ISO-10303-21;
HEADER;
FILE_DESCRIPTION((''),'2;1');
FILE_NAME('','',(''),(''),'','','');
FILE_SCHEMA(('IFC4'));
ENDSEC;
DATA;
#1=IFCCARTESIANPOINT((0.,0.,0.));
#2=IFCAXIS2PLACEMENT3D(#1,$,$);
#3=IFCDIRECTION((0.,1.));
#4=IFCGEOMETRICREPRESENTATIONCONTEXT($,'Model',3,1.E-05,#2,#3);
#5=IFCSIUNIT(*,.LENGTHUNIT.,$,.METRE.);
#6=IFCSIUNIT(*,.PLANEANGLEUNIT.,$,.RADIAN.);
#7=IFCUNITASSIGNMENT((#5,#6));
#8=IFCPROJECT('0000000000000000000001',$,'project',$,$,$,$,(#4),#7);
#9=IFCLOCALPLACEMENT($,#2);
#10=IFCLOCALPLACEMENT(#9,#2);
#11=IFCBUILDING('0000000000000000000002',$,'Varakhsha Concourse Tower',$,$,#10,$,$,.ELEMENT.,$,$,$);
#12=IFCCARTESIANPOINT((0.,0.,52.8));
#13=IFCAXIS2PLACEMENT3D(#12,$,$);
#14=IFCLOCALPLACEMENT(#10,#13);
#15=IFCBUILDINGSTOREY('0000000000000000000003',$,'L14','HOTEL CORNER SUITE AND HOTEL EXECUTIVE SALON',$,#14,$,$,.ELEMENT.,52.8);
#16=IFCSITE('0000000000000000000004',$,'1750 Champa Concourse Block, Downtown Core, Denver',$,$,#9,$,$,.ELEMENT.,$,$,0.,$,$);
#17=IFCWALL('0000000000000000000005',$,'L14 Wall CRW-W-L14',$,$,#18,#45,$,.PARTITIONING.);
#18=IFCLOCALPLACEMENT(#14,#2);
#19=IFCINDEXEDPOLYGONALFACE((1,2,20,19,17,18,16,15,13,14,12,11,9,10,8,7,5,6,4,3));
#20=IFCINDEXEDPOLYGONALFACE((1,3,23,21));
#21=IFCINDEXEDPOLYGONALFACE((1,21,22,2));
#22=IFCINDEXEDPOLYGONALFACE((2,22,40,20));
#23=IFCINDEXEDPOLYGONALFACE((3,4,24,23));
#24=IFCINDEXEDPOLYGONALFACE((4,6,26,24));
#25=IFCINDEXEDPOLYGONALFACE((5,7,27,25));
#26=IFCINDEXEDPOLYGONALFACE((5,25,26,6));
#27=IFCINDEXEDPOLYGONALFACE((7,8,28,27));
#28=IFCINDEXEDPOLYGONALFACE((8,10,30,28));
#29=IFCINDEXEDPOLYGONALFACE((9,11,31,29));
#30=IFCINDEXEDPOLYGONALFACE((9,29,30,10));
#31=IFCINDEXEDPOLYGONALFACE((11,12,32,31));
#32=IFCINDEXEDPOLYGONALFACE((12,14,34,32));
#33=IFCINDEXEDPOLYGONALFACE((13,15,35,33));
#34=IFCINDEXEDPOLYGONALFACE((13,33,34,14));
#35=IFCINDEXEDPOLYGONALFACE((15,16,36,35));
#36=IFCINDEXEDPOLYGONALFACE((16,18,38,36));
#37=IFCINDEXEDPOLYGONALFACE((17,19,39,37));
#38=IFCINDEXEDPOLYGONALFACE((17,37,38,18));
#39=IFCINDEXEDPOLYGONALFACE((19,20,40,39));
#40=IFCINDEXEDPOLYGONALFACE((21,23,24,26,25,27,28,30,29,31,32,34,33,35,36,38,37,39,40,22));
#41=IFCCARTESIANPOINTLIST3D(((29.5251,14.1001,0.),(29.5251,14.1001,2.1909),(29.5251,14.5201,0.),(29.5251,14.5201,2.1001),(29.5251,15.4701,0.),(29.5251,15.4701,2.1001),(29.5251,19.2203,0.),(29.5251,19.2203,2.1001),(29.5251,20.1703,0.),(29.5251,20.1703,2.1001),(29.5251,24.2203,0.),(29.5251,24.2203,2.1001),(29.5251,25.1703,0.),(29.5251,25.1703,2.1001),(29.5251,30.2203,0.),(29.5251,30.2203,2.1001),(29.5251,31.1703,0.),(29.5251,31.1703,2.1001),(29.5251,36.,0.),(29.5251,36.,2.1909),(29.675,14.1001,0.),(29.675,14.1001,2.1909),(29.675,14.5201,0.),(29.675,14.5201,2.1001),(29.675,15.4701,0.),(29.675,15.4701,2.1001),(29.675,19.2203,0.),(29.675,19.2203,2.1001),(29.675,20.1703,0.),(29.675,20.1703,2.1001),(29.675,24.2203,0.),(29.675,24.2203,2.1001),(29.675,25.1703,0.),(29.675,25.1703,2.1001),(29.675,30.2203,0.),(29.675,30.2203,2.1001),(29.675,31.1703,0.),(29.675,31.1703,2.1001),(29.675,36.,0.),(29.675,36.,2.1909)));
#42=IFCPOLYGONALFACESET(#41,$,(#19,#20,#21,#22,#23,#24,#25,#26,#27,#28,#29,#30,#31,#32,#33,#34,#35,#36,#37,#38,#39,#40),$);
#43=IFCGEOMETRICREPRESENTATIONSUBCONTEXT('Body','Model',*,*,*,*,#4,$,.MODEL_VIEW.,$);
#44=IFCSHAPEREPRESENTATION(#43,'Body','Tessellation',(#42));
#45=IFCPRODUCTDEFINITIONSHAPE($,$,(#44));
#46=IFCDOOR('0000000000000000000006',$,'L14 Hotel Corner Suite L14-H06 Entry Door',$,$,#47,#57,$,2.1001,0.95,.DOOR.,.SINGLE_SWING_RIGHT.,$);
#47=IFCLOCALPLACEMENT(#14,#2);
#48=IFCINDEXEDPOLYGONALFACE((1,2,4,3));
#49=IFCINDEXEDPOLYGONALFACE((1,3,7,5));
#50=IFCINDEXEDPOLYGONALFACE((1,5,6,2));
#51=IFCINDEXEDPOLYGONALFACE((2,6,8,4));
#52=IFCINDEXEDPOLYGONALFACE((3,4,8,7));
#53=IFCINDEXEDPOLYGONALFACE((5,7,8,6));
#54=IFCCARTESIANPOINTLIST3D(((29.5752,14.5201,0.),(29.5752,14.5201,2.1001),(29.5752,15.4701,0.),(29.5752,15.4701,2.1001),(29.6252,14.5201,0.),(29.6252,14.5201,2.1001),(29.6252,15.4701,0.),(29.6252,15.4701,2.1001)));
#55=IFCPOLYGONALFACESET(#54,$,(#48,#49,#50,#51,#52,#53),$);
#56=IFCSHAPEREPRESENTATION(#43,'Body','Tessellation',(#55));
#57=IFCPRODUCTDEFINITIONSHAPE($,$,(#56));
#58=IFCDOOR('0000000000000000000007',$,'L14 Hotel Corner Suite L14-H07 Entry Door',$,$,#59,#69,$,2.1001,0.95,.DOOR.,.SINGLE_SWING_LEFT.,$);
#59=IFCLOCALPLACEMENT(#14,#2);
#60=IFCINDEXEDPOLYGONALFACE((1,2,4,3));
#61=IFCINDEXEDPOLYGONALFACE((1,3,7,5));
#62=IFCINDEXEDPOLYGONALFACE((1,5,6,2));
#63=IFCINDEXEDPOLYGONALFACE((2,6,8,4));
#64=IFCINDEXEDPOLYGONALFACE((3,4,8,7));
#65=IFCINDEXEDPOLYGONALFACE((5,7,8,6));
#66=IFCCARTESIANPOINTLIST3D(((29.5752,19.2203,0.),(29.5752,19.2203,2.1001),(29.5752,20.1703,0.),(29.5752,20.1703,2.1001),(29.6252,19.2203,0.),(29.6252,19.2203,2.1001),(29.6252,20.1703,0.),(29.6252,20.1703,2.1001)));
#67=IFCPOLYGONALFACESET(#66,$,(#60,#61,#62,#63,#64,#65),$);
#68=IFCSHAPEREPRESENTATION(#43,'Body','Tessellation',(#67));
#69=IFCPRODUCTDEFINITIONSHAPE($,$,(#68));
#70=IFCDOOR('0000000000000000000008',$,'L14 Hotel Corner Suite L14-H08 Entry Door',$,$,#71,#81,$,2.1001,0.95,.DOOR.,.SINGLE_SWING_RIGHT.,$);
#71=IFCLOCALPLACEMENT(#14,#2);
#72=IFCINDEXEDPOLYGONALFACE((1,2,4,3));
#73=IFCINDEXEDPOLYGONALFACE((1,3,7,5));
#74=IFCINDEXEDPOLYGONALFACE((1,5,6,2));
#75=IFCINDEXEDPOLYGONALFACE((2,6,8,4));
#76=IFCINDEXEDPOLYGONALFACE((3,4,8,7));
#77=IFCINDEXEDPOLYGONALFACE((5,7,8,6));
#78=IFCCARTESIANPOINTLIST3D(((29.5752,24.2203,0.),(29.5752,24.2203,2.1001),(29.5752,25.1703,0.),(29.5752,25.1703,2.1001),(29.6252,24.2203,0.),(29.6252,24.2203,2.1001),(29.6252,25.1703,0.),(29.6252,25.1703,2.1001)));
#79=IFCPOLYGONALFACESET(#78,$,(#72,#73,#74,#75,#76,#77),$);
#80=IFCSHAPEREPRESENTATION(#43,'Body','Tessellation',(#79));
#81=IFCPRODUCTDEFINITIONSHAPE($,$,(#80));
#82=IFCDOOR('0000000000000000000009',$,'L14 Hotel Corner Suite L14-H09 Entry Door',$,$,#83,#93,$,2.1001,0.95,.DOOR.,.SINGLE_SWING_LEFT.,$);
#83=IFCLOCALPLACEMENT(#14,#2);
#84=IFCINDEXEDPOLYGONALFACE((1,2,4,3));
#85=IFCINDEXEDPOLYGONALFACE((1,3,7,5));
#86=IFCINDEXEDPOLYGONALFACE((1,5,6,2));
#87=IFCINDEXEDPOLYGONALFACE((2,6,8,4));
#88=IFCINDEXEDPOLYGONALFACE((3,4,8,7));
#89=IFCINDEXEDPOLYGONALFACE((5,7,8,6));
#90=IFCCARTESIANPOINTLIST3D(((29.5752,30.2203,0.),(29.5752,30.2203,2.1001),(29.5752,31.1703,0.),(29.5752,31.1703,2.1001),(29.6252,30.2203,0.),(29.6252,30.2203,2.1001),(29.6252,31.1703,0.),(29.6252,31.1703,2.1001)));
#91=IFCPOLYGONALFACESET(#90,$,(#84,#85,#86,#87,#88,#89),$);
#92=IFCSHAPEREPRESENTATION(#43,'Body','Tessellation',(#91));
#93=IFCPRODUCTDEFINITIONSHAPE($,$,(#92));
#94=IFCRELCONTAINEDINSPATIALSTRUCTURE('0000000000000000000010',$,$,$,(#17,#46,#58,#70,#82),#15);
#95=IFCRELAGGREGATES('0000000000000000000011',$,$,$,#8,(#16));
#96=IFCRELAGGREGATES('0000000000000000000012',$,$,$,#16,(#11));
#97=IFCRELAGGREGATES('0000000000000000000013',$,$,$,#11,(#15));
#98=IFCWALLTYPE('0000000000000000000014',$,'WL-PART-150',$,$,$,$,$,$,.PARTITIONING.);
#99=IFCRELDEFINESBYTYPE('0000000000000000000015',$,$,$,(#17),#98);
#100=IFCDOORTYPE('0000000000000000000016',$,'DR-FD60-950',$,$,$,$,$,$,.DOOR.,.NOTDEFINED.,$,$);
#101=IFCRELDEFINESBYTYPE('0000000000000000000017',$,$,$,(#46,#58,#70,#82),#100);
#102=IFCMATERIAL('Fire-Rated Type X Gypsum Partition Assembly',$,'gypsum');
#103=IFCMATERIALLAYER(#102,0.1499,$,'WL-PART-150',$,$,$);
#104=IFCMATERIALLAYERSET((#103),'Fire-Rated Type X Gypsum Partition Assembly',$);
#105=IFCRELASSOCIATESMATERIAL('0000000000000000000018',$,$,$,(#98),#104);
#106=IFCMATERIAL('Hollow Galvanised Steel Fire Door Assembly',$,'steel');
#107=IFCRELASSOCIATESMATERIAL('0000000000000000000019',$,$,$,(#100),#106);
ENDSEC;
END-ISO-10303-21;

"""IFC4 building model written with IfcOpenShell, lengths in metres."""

from ifc_helpers import new_model, si_unit, direction, frame, frame_2d, origin, place, context, subcontext, project, spatial, rectangle, extrude, material, layer, layer_set, type_object, element, fill, save


model = new_model("IFC4")

# Units and contexts
model_context = context("Model", 3, precision=1e-05, world=origin(), true_north=direction((0.0, 1.0)))
body_context = subcontext(model_context, "Body", "Model", "MODEL_VIEW")
ifc_project = project(units=[si_unit("LENGTHUNIT", "METRE"), si_unit("PLANEANGLEUNIT", "RADIAN")], contexts=[model_context])

# Site, building, storey
site_placement = place(None, origin())
site = spatial("IfcSite", under=ifc_project, at=site_placement, Name="1750 Champa Concourse Block, Downtown Core, Denver", CompositionType="ELEMENT", RefElevation=0.0)
building_placement = place(site_placement, origin())
building = spatial("IfcBuilding", under=site, at=building_placement, Name="Varakhsha Concourse Tower", CompositionType="ELEMENT")
storey_placement = place(building_placement, frame((0.0, 0.0, 52.8)))
storey = spatial("IfcBuildingStorey", under=building, at=storey_placement, Name="L14", Description="HOTEL CORNER SUITE AND HOTEL EXECUTIVE SALON", CompositionType="ELEMENT", Elevation=52.8)

# Wall, openings, doors
ifc_material_1 = material(Name="Fire-Rated Type X Gypsum Partition Assembly", Category="gypsum")
ifc_layer_1 = layer(ifc_material_1, 0.1499, Name="WL-PART-150")
ifc_layer_set_1 = layer_set([ifc_layer_1], Name="Fire-Rated Type X Gypsum Partition Assembly")
wall_type = type_object("IfcWallType", Name="WL-PART-150", PredefinedType="PARTITIONING", material=ifc_layer_set_1)
ifc_material_2 = material(Name="Hollow Galvanised Steel Fire Door Assembly", Category="steel")
door_type = type_object("IfcDoorType", Name="DR-FD60-950", OperationType="NOTDEFINED", PredefinedType="DOOR", material=ifc_material_2)
wall_1_placement = place(storey_placement, frame((29.6001, 14.1001, 0.0), z_axis=(0.0, 0.0, 1.0), x_axis=(0.0, 1.0, 0.0)))
wall_1 = element("IfcWall", 1, at=wall_1_placement, inside=storey, type_object=wall_type, Name="L14 Wall CRW-W-L14", PredefinedType="PARTITIONING", context=body_context, shape_type="SweptSolid", body=[
    extrude(rectangle(XDim=21.8999, YDim=0.1499, at=frame_2d((10.95, 0.0))), origin(), (0.0, 0.0, 1.0), 2.1909),
])
opening_1_placement = place(wall_1_placement, frame((0.4199, 0.0, 0.0)))
opening_1 = element("IfcOpeningElement", 2, at=opening_1_placement, cuts=wall_1, PredefinedType="OPENING", context=body_context, shape_type="SweptSolid", body=[
    extrude(rectangle(XDim=0.95, YDim=2.1001, at=frame_2d((0.4751, 1.05))), frame((0.0, 0.085, 0.0), z_axis=(0.0, -1.0, 0.0), x_axis=(1.0, 0.0, 0.0)), (0.0, 0.0, 1.0), 0.1699),
])
opening_2_placement = place(wall_1_placement, frame((5.1201, 0.0, 0.0)))
opening_2 = element("IfcOpeningElement", 3, at=opening_2_placement, cuts=wall_1, PredefinedType="OPENING", context=body_context, shape_type="SweptSolid", body=[
    extrude(rectangle(XDim=0.95, YDim=2.1001, at=frame_2d((0.4751, 1.05))), frame((0.0, 0.085, 0.0), z_axis=(0.0, -1.0, 0.0), x_axis=(1.0, 0.0, 0.0)), (0.0, 0.0, 1.0), 0.1699),
])
opening_3_placement = place(wall_1_placement, frame((10.1201, 0.0, 0.0)))
opening_3 = element("IfcOpeningElement", 4, at=opening_3_placement, cuts=wall_1, PredefinedType="OPENING", context=body_context, shape_type="SweptSolid", body=[
    extrude(rectangle(XDim=0.95, YDim=2.1001, at=frame_2d((0.4751, 1.05))), frame((0.0, 0.085, 0.0), z_axis=(0.0, -1.0, 0.0), x_axis=(1.0, 0.0, 0.0)), (0.0, 0.0, 1.0), 0.1699),
])
opening_4_placement = place(wall_1_placement, frame((16.1201, 0.0, 0.0)))
opening_4 = element("IfcOpeningElement", 5, at=opening_4_placement, cuts=wall_1, PredefinedType="OPENING", context=body_context, shape_type="SweptSolid", body=[
    extrude(rectangle(XDim=0.95, YDim=2.1001, at=frame_2d((0.4751, 1.05))), frame((0.0, 0.085, 0.0), z_axis=(0.0, -1.0, 0.0), x_axis=(1.0, 0.0, 0.0)), (0.0, 0.0, 1.0), 0.1699),
])
door_1_placement = place(opening_1_placement, origin())
door_1 = element("IfcDoor", 6, at=door_1_placement, inside=storey, type_object=door_type, Name="L14 Hotel Corner Suite L14-H06 Entry Door", OperationType="SINGLE_SWING_RIGHT", OverallHeight=2.1001, OverallWidth=0.95, PredefinedType="DOOR", context=body_context, shape_type="SweptSolid", body=[
    extrude(rectangle(XDim=0.95, YDim=2.1001, at=frame_2d((0.4751, 1.05))), frame((0.0, 0.0249, 0.0), z_axis=(0.0, -1.0, 0.0), x_axis=(1.0, 0.0, 0.0)), (0.0, 0.0, 1.0), 0.05),
])
fill(opening_1, door_1)
door_2_placement = place(opening_2_placement, origin())
door_2 = element("IfcDoor", 7, at=door_2_placement, inside=storey, type_object=door_type, Name="L14 Hotel Corner Suite L14-H07 Entry Door", OperationType="SINGLE_SWING_LEFT", OverallHeight=2.1001, OverallWidth=0.95, PredefinedType="DOOR", context=body_context, shape_type="SweptSolid", body=[
    extrude(rectangle(XDim=0.95, YDim=2.1001, at=frame_2d((0.4751, 1.05))), frame((0.0, 0.0249, 0.0), z_axis=(0.0, -1.0, 0.0), x_axis=(1.0, 0.0, 0.0)), (0.0, 0.0, 1.0), 0.05),
])
fill(opening_2, door_2)
door_3_placement = place(opening_3_placement, origin())
door_3 = element("IfcDoor", 8, at=door_3_placement, inside=storey, type_object=door_type, Name="L14 Hotel Corner Suite L14-H08 Entry Door", OperationType="SINGLE_SWING_RIGHT", OverallHeight=2.1001, OverallWidth=0.95, PredefinedType="DOOR", context=body_context, shape_type="SweptSolid", body=[
    extrude(rectangle(XDim=0.95, YDim=2.1001, at=frame_2d((0.4751, 1.05))), frame((0.0, 0.0249, 0.0), z_axis=(0.0, -1.0, 0.0), x_axis=(1.0, 0.0, 0.0)), (0.0, 0.0, 1.0), 0.05),
])
fill(opening_3, door_3)
door_4_placement = place(opening_4_placement, origin())
door_4 = element("IfcDoor", 9, at=door_4_placement, inside=storey, type_object=door_type, Name="L14 Hotel Corner Suite L14-H09 Entry Door", OperationType="SINGLE_SWING_LEFT", OverallHeight=2.1001, OverallWidth=0.95, PredefinedType="DOOR", context=body_context, shape_type="SweptSolid", body=[
    extrude(rectangle(XDim=0.95, YDim=2.1001, at=frame_2d((0.4751, 1.05))), frame((0.0, 0.0249, 0.0), z_axis=(0.0, -1.0, 0.0), x_axis=(1.0, 0.0, 0.0)), (0.0, 0.0, 1.0), 0.05),
])
fill(opening_4, door_4)

save(model, "model.ifc")
